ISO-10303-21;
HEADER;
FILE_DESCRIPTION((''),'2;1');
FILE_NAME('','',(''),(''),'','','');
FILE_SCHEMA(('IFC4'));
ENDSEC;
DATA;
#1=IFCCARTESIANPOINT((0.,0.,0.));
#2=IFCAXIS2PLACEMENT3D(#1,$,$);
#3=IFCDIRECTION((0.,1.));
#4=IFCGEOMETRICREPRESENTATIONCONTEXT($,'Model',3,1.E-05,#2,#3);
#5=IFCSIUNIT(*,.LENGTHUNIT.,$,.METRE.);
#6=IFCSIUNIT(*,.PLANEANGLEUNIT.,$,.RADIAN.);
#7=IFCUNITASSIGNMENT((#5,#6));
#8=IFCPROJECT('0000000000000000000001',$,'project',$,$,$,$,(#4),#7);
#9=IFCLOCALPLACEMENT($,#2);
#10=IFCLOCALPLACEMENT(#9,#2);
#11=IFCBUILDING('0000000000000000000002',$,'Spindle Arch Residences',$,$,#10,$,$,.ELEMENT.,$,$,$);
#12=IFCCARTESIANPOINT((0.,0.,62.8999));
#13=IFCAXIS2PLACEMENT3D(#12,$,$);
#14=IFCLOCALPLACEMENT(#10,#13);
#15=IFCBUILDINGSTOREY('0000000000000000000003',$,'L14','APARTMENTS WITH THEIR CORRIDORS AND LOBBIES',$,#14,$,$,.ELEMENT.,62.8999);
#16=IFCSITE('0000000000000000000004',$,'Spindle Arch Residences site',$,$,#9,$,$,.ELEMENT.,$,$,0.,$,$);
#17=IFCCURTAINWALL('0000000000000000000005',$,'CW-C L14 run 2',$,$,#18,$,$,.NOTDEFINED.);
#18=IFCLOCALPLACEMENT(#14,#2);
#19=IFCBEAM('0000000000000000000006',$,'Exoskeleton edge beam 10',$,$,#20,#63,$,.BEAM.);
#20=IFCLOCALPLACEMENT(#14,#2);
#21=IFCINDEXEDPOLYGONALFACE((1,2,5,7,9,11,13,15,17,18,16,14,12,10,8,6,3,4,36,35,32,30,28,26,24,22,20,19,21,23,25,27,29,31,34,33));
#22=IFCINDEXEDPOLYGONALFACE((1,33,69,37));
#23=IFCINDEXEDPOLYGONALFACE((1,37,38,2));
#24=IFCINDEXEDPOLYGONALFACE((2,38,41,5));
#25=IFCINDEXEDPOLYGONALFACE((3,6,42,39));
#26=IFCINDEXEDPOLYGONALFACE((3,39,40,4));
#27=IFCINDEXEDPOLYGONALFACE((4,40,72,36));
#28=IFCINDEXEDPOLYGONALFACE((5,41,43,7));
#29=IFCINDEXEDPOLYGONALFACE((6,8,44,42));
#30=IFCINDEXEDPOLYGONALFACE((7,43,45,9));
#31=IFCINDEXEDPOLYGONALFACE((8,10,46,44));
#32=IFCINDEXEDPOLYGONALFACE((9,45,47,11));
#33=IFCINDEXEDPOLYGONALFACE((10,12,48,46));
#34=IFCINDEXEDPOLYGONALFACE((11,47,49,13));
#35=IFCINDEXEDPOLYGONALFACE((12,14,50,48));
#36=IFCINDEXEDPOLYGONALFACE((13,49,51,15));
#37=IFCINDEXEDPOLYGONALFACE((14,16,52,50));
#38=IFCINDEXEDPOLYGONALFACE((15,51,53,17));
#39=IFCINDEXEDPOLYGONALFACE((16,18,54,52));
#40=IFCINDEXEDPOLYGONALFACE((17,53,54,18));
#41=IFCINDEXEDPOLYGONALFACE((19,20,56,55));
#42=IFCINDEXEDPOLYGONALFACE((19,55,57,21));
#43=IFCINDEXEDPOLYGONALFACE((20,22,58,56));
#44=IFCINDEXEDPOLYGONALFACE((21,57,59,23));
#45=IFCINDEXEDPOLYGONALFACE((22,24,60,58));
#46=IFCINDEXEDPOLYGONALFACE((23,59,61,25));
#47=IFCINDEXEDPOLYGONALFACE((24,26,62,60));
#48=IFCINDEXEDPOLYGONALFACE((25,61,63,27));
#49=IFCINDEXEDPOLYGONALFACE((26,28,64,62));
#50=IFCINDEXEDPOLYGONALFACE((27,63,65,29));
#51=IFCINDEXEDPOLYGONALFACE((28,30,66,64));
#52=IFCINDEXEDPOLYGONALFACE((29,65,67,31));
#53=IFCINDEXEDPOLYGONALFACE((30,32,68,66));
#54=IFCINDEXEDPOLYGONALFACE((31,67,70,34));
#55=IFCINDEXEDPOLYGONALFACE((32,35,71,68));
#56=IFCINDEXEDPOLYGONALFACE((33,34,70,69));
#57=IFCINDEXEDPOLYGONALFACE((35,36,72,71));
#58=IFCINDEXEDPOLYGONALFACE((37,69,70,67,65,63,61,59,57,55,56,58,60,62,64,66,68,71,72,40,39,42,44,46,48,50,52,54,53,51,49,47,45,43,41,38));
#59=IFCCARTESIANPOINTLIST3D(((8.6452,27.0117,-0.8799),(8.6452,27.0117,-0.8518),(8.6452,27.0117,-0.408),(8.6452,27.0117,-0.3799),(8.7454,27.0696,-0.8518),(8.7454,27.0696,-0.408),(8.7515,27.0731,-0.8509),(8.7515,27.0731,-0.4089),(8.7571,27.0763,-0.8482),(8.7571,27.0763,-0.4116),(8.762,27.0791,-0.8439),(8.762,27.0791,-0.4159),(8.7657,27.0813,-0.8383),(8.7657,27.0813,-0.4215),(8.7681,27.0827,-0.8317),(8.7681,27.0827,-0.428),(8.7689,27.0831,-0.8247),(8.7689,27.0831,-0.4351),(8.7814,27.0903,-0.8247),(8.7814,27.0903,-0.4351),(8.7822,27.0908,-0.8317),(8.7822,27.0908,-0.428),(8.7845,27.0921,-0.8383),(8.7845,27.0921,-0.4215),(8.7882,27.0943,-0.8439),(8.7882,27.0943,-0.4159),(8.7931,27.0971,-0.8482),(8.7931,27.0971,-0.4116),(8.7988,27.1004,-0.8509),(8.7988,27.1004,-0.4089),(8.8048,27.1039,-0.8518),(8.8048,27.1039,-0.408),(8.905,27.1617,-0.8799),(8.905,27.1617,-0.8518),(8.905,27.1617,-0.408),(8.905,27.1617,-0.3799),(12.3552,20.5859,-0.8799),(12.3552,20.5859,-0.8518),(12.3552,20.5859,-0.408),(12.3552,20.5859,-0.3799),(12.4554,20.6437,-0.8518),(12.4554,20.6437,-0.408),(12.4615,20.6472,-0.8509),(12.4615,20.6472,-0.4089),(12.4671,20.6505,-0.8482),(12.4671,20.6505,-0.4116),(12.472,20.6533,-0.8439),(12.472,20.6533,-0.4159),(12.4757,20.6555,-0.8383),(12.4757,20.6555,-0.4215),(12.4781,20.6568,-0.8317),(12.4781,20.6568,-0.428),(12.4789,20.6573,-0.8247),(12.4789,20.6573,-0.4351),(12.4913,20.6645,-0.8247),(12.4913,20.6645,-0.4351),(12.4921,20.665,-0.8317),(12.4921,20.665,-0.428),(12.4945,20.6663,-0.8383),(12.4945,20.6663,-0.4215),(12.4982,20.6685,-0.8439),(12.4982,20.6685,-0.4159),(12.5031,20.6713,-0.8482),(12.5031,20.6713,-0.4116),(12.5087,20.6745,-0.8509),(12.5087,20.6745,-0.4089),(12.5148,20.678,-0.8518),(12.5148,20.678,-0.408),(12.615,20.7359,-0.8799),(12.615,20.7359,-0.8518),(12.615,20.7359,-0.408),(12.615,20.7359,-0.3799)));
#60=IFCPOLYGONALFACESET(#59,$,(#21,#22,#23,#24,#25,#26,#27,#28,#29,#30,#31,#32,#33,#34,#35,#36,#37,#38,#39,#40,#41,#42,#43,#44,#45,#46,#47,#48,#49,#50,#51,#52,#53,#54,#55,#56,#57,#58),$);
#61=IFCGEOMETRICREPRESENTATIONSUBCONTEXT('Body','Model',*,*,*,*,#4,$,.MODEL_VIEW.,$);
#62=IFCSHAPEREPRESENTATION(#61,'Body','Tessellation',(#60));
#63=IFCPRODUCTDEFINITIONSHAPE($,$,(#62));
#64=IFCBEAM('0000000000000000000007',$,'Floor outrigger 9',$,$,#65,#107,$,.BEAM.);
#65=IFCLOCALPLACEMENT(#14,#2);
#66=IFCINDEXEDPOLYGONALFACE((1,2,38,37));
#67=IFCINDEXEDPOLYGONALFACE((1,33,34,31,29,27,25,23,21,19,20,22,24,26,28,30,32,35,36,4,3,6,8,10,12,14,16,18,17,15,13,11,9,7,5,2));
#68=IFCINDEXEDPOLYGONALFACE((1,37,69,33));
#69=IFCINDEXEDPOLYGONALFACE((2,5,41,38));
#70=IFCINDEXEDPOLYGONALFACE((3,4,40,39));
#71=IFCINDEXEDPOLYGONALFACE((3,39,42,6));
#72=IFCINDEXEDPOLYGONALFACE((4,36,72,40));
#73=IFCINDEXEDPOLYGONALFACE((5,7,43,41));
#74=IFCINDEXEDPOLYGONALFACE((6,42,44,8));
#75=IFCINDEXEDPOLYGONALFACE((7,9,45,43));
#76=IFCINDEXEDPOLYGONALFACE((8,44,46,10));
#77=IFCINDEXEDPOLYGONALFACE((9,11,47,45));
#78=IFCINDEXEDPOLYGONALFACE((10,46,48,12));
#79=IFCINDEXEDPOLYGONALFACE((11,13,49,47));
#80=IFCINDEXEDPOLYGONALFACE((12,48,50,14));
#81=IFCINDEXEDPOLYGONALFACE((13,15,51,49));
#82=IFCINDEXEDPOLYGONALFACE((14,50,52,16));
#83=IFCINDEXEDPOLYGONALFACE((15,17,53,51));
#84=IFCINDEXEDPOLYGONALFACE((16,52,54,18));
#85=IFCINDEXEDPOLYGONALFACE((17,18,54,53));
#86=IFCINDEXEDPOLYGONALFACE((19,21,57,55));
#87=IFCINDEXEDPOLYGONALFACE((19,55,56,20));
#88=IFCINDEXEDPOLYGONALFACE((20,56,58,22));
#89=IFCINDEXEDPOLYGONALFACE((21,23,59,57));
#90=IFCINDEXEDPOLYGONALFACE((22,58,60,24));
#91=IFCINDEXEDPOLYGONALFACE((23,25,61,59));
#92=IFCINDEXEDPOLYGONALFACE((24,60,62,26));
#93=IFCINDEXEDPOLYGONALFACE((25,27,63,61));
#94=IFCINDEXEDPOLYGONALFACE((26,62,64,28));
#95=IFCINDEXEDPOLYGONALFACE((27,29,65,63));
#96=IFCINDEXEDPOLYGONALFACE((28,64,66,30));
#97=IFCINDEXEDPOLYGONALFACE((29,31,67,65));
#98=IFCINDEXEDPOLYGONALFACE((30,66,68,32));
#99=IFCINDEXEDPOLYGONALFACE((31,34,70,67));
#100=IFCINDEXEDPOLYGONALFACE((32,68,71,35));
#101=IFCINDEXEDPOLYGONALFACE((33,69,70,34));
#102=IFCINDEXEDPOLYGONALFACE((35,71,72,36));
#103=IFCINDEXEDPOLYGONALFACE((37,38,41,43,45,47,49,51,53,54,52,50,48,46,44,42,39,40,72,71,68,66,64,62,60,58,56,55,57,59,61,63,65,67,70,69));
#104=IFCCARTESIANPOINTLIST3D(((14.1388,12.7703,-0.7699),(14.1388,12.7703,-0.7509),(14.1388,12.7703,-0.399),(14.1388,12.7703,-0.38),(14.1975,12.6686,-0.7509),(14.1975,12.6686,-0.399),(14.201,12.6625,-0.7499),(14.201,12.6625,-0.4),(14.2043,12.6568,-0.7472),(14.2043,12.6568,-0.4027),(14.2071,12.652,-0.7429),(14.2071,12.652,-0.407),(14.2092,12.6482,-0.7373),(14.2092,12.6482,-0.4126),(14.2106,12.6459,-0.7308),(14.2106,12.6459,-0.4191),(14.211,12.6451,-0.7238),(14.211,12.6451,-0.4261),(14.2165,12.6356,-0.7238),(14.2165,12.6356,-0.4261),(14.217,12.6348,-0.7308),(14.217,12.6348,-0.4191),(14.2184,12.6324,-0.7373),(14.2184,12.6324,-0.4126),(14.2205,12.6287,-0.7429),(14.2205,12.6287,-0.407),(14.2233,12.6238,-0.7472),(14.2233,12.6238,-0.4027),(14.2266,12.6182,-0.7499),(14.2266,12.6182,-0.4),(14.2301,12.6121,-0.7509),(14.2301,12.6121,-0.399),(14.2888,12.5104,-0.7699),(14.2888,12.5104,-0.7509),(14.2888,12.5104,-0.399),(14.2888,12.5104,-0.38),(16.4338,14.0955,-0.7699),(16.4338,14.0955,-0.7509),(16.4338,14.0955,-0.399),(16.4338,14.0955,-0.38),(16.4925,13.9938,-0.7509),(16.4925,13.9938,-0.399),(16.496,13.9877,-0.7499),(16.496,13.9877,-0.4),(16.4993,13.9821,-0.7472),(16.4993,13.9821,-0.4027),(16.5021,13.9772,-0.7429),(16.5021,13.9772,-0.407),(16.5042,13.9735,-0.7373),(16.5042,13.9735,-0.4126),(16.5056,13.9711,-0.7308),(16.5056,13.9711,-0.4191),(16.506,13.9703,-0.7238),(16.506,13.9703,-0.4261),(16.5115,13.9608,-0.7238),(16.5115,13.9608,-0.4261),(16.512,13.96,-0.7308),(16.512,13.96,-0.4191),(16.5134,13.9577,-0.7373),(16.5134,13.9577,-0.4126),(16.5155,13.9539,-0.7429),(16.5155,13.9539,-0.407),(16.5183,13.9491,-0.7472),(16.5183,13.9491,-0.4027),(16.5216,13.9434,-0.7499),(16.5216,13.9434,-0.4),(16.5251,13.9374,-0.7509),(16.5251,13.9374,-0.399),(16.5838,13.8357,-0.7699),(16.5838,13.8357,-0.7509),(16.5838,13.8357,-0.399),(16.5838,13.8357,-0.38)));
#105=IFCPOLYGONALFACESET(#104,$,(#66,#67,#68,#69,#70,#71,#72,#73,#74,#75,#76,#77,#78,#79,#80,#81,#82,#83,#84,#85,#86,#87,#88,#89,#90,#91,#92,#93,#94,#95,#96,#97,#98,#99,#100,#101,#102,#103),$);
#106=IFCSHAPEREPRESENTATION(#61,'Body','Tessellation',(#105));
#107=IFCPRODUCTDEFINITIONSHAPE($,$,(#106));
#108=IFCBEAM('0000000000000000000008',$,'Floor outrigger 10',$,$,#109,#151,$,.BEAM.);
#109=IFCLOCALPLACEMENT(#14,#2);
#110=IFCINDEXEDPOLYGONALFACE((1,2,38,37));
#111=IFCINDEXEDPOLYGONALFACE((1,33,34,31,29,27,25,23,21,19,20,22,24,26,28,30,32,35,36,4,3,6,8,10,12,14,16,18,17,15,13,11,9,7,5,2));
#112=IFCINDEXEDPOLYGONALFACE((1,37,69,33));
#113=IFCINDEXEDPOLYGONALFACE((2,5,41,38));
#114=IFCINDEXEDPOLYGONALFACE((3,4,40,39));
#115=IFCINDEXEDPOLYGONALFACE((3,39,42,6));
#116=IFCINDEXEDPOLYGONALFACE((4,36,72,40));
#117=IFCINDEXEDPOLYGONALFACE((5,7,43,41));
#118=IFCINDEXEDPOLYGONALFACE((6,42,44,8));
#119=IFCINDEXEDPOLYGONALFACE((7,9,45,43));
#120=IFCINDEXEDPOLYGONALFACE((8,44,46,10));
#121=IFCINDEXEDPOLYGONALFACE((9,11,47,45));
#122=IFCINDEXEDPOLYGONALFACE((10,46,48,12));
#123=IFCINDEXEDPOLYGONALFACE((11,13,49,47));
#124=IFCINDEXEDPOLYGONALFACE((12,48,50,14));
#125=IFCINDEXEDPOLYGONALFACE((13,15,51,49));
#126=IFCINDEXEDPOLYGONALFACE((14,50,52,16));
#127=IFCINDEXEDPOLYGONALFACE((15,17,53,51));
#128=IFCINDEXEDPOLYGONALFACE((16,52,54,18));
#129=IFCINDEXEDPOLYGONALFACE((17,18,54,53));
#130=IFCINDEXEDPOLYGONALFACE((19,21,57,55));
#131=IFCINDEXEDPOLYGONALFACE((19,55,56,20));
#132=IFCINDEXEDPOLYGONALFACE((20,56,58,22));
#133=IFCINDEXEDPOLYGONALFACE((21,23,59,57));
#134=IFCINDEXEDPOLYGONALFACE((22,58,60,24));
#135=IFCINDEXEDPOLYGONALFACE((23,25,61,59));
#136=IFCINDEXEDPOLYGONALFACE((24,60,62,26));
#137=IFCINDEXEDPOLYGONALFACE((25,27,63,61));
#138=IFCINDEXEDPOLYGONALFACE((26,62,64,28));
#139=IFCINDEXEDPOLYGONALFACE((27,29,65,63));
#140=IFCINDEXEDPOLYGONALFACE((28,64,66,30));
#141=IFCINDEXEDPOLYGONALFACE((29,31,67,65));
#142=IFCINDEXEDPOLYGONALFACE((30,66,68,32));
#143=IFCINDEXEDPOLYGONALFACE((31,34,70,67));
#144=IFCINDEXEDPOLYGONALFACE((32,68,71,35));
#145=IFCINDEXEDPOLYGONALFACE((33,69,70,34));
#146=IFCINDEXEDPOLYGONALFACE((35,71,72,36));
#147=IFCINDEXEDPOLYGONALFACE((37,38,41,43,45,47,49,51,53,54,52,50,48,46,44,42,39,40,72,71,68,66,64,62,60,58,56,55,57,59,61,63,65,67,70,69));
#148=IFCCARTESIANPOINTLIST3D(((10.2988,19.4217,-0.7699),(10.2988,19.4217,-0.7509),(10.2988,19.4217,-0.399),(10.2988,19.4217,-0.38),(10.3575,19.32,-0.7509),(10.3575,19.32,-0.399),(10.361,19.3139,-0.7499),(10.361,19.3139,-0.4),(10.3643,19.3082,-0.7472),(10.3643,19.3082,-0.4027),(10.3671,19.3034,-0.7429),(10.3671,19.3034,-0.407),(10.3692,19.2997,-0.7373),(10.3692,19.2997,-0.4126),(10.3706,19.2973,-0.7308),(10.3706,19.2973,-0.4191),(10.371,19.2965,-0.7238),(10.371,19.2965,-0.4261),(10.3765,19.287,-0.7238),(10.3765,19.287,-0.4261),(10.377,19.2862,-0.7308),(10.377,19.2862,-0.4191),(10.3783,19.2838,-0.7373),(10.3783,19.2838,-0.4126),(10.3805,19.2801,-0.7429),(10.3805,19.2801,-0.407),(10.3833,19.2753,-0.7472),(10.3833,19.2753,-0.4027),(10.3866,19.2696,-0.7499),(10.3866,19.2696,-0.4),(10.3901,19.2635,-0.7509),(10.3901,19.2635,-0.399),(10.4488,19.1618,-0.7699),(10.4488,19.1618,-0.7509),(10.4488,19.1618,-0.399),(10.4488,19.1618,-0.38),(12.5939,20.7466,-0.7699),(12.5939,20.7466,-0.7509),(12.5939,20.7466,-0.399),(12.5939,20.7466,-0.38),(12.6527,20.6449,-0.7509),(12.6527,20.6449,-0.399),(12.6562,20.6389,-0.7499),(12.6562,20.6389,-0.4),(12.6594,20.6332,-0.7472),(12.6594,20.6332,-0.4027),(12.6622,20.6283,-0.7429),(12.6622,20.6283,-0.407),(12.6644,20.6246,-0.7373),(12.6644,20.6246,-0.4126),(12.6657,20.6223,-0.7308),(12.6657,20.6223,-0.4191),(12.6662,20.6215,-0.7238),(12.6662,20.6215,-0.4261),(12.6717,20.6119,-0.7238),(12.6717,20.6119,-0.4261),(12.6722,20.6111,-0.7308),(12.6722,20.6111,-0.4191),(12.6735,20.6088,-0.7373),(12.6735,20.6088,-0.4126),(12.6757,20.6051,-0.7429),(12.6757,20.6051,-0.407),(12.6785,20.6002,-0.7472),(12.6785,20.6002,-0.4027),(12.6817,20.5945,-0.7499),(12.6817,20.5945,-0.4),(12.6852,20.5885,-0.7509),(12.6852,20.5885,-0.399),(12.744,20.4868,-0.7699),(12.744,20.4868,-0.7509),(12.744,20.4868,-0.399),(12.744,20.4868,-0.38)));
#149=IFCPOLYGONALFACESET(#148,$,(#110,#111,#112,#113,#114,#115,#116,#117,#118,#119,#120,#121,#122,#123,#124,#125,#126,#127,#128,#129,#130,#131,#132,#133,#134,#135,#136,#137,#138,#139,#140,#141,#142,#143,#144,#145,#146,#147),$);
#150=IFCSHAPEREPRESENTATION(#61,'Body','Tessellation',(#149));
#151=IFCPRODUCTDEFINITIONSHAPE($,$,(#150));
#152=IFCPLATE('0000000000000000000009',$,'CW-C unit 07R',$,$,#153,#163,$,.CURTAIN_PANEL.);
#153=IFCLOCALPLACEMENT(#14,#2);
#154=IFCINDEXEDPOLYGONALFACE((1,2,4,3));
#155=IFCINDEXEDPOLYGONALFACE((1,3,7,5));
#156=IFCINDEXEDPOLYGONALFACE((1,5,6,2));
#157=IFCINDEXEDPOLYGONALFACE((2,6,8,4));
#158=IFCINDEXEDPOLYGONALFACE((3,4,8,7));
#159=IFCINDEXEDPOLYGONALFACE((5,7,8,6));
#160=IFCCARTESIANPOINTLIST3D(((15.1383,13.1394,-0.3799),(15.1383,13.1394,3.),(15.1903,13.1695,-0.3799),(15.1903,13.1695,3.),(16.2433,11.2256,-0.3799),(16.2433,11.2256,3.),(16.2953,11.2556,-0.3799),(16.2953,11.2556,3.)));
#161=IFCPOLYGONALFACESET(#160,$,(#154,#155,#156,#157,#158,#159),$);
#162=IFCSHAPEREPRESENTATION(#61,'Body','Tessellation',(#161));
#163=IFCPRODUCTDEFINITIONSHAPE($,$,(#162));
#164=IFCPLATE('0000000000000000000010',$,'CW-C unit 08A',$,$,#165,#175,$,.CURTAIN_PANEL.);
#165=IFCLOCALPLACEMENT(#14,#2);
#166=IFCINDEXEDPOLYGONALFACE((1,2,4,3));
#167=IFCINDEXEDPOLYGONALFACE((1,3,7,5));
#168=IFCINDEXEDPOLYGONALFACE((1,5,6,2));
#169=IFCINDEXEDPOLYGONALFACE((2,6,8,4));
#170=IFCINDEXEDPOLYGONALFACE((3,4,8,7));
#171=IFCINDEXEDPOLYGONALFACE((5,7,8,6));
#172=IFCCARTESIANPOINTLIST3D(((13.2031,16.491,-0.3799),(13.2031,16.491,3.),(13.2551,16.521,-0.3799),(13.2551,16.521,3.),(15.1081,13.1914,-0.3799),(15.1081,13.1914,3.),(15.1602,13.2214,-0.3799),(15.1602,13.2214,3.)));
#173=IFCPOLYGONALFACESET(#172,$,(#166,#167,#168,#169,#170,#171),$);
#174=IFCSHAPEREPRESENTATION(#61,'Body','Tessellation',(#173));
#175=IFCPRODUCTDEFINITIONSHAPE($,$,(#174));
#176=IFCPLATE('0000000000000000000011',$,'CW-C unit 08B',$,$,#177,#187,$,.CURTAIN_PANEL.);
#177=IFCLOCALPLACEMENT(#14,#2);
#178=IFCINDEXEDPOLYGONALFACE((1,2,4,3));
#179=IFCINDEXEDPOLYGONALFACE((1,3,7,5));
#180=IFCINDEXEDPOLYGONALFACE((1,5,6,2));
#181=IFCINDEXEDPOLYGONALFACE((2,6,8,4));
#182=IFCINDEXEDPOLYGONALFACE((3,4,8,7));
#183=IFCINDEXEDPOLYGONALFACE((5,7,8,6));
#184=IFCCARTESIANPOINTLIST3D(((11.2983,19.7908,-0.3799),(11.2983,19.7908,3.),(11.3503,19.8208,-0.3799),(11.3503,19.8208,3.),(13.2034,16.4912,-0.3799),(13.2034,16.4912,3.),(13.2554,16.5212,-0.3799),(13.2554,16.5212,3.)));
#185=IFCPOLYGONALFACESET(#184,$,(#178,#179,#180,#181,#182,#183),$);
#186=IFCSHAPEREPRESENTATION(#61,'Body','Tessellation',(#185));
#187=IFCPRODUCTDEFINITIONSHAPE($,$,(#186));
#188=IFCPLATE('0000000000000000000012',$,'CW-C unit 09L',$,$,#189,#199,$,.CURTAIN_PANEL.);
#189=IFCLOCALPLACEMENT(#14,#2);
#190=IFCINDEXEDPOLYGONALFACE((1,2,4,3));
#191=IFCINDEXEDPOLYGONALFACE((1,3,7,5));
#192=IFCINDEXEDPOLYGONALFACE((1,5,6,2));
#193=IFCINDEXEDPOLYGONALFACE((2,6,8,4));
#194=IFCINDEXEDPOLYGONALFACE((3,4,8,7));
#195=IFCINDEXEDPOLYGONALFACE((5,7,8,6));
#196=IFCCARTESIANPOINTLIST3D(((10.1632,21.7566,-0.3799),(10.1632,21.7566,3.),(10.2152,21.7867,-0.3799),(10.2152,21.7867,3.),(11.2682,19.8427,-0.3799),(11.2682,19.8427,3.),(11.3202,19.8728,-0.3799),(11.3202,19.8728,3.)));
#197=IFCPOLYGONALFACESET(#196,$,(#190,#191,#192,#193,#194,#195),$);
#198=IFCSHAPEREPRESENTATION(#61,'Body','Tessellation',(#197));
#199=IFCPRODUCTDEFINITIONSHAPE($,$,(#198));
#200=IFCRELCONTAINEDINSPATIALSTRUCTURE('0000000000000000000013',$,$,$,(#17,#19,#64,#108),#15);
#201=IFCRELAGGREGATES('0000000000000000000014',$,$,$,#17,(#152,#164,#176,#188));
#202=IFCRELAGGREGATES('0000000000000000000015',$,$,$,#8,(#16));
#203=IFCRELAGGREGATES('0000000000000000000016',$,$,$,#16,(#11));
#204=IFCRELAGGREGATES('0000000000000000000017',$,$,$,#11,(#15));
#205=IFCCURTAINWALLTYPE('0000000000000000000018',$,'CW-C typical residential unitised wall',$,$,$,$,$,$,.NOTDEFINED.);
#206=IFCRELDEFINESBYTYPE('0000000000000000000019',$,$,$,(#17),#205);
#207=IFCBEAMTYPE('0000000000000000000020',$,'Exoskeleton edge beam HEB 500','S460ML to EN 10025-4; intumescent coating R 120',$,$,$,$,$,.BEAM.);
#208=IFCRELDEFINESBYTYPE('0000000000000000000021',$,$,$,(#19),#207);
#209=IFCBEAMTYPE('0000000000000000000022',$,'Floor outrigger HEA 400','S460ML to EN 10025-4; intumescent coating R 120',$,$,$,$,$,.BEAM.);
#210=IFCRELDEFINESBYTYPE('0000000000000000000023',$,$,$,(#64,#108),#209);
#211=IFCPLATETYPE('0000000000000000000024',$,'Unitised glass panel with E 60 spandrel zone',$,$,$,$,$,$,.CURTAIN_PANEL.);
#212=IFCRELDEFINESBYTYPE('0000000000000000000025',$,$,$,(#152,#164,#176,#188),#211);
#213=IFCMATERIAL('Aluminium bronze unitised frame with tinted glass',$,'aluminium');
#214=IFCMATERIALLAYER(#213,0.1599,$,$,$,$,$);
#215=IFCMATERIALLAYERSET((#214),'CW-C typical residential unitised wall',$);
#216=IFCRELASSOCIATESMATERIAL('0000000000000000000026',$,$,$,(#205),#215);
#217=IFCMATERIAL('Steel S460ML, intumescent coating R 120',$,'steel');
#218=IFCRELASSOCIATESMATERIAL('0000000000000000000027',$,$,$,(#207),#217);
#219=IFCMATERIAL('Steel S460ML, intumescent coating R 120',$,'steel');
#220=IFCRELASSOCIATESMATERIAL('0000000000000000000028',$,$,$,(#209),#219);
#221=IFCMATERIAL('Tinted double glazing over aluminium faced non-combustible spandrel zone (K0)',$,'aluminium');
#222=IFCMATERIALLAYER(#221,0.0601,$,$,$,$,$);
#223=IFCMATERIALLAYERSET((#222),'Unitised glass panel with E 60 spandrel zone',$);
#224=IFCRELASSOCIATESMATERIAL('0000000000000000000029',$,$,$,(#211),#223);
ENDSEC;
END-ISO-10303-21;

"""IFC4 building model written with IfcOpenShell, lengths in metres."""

from ifc_helpers import new_model, si_unit, direction, frame, origin, origin_2d, place, context, subcontext, project, spatial, rectangle, i_section, extrude, material, layer, layer_set, material_profile, profile_set, type_object, element, aggregate, save


model = new_model("IFC4")

# Units and contexts
model_context = context("Model", 3, precision=1e-05, world=origin(), true_north=direction((0.0, 1.0)))
body_context = subcontext(model_context, "Body", "Model", "MODEL_VIEW")
ifc_project = project(units=[si_unit("LENGTHUNIT", "METRE"), si_unit("PLANEANGLEUNIT", "RADIAN")], contexts=[model_context])

# Site, building, storey
site_placement = place(None, origin())
site = spatial("IfcSite", under=ifc_project, at=site_placement, Name="Spindle Arch Residences site", CompositionType="ELEMENT", RefElevation=0.0)
building_placement = place(site_placement, origin())
building = spatial("IfcBuilding", under=site, at=building_placement, Name="Spindle Arch Residences", CompositionType="ELEMENT")
storey_placement = place(building_placement, frame((0.0, 0.0, 62.8999)))
storey = spatial("IfcBuildingStorey", under=building, at=storey_placement, Name="L14", Description="APARTMENTS WITH THEIR CORRIDORS AND LOBBIES", CompositionType="ELEMENT", Elevation=62.8999)

# Curtain wall
ifc_material_1 = material(Name="Aluminium bronze unitised frame with tinted glass", Category="aluminium")
ifc_layer_1 = layer(ifc_material_1, 0.1599)
ifc_layer_set_1 = layer_set([ifc_layer_1], Name="CW-C typical residential unitised wall")
curtain_wall_type = type_object("IfcCurtainWallType", Name="CW-C typical residential unitised wall", PredefinedType="NOTDEFINED", material=ifc_layer_set_1)
curtain_wall_placement = place(storey_placement, origin())
curtain_wall = element("IfcCurtainWall", 1, at=curtain_wall_placement, inside=storey, type_object=curtain_wall_type, Name="CW-C L14 run 2", PredefinedType="NOTDEFINED")

# Beams
ifc_material_2 = material(Name="Steel S460ML, intumescent coating R 120", Category="steel")
ifc_material_profile_1 = material_profile(ifc_material_2, i_section(OverallWidth=0.3, OverallDepth=0.5, WebThickness=0.0144, FlangeThickness=0.0281, FilletRadius=0.0271, at=origin_2d()), Name="HEB 500")
ifc_profile_set_1 = profile_set([ifc_material_profile_1], Name="Steel S460ML, intumescent coating R 120")
beam_type_1 = type_object("IfcBeamType", Name="Exoskeleton edge beam HEB 500", Description="S460ML to EN 10025-4; intumescent coating R 120", PredefinedType="BEAM", material=ifc_profile_set_1)
beam_1_placement = place(storey_placement, frame((12.4851, 20.6609, -0.6299), z_axis=(-0.500003, 0.866023, 0.0), x_axis=(-0.866023, -0.500003, 0.0)))
element("IfcBeam", 2, at=beam_1_placement, inside=storey, type_object=beam_type_1, Name="Exoskeleton edge beam 10", PredefinedType="BEAM", context=body_context, shape_type="SweptSolid", body=[
    extrude(i_section(OverallWidth=0.3, OverallDepth=0.5, WebThickness=0.0144, FlangeThickness=0.0281, FilletRadius=0.0271, at=origin_2d()), origin(), (0.0, 0.0, 1.0), 7.4199),
])
ifc_material_3 = material(Name="Steel S460ML, intumescent coating R 120", Category="steel")
ifc_material_profile_2 = material_profile(ifc_material_3, i_section(OverallWidth=0.3, OverallDepth=0.3899, WebThickness=0.011, FlangeThickness=0.019, FilletRadius=0.0271, at=origin_2d()), Name="HEA 400")
ifc_profile_set_2 = profile_set([ifc_material_profile_2], Name="Steel S460ML, intumescent coating R 120")
beam_type_2 = type_object("IfcBeamType", Name="Floor outrigger HEA 400", Description="S460ML to EN 10025-4; intumescent coating R 120", PredefinedType="BEAM", material=ifc_profile_set_2)
for number, where, z_axis, x_axis, name in (
    (3, (16.5088, 13.9656, -0.575), (-0.865989, -0.500063, 0.0), (0.500063, -0.865989, 0.0), "Floor outrigger 9"),
    (4, (12.6689, 20.6167, -0.575), (-0.866052, -0.499954, 0.0), (0.499954, -0.866052, 0.0), "Floor outrigger 10"),
):
    element("IfcBeam", number, at=place(storey_placement, frame(where, z_axis=z_axis, x_axis=x_axis)), inside=storey, type_object=beam_type_2, Name=name, PredefinedType="BEAM", context=body_context, shape_type="SweptSolid", body=[
        extrude(i_section(OverallWidth=0.3, OverallDepth=0.3899, WebThickness=0.011, FlangeThickness=0.019, FilletRadius=0.0271, at=origin_2d()), origin(), (0.0, 0.0, 1.0), 2.6501),
    ])

# Plates
ifc_material_4 = material(Name="Tinted double glazing over aluminium faced non-combustible spandrel zone (K0)", Category="aluminium")
ifc_layer_2 = layer(ifc_material_4, 0.0601)
ifc_layer_set_2 = layer_set([ifc_layer_2], Name="Unitised glass panel with E 60 spandrel zone")
plate_type = type_object("IfcPlateType", Name="Unitised glass panel with E 60 spandrel zone", PredefinedType="CURTAIN_PANEL", material=ifc_layer_set_2)
plate_1_placement = place(storey_placement, frame((15.7168, 12.1975, -0.3799), z_axis=(0.0, 0.0, 1.0), x_axis=(-0.5, 0.866025, 0.0)))
plate_1 = element("IfcPlate", 5, at=plate_1_placement, type_object=plate_type, Name="CW-C unit 07R", PredefinedType="CURTAIN_PANEL", context=body_context, shape_type="SweptSolid", body=[
    extrude(rectangle(XDim=2.21, YDim=0.0601, at=origin_2d()), origin(), (0.0, 0.0, 1.0), 3.3799),
])
plate_2_placement = place(storey_placement, frame((14.1816, 14.8562, -0.3799), z_axis=(0.0, 0.0, 1.0), x_axis=(-0.5, 0.866025, 0.0)))
plate_2 = element("IfcPlate", 6, at=plate_2_placement, type_object=plate_type, Name="CW-C unit 08A", PredefinedType="CURTAIN_PANEL", context=body_context, shape_type="SweptSolid", body=[
    extrude(rectangle(XDim=3.8101, YDim=0.0601, at=origin_2d()), origin(), (0.0, 0.0, 1.0), 3.3799),
])
plate_3_placement = place(storey_placement, frame((12.2769, 18.156, -0.3799), z_axis=(0.0, 0.0, 1.0), x_axis=(-0.5, 0.866025, 0.0)))
plate_3 = element("IfcPlate", 7, at=plate_3_placement, type_object=plate_type, Name="CW-C unit 08B", PredefinedType="CURTAIN_PANEL", context=body_context, shape_type="SweptSolid", body=[
    extrude(rectangle(XDim=3.8101, YDim=0.0601, at=origin_2d()), origin(), (0.0, 0.0, 1.0), 3.3799),
])
plate_4_placement = place(storey_placement, frame((10.7417, 20.8147, -0.3799), z_axis=(0.0, 0.0, 1.0), x_axis=(-0.5, 0.866025, 0.0)))
plate_4 = element("IfcPlate", 8, at=plate_4_placement, type_object=plate_type, Name="CW-C unit 09L", PredefinedType="CURTAIN_PANEL", context=body_context, shape_type="SweptSolid", body=[
    extrude(rectangle(XDim=2.21, YDim=0.0601, at=origin_2d()), origin(), (0.0, 0.0, 1.0), 3.3799),
])
aggregate(curtain_wall, [plate_1, plate_2, plate_3, plate_4])

save(model, "model.ifc")
